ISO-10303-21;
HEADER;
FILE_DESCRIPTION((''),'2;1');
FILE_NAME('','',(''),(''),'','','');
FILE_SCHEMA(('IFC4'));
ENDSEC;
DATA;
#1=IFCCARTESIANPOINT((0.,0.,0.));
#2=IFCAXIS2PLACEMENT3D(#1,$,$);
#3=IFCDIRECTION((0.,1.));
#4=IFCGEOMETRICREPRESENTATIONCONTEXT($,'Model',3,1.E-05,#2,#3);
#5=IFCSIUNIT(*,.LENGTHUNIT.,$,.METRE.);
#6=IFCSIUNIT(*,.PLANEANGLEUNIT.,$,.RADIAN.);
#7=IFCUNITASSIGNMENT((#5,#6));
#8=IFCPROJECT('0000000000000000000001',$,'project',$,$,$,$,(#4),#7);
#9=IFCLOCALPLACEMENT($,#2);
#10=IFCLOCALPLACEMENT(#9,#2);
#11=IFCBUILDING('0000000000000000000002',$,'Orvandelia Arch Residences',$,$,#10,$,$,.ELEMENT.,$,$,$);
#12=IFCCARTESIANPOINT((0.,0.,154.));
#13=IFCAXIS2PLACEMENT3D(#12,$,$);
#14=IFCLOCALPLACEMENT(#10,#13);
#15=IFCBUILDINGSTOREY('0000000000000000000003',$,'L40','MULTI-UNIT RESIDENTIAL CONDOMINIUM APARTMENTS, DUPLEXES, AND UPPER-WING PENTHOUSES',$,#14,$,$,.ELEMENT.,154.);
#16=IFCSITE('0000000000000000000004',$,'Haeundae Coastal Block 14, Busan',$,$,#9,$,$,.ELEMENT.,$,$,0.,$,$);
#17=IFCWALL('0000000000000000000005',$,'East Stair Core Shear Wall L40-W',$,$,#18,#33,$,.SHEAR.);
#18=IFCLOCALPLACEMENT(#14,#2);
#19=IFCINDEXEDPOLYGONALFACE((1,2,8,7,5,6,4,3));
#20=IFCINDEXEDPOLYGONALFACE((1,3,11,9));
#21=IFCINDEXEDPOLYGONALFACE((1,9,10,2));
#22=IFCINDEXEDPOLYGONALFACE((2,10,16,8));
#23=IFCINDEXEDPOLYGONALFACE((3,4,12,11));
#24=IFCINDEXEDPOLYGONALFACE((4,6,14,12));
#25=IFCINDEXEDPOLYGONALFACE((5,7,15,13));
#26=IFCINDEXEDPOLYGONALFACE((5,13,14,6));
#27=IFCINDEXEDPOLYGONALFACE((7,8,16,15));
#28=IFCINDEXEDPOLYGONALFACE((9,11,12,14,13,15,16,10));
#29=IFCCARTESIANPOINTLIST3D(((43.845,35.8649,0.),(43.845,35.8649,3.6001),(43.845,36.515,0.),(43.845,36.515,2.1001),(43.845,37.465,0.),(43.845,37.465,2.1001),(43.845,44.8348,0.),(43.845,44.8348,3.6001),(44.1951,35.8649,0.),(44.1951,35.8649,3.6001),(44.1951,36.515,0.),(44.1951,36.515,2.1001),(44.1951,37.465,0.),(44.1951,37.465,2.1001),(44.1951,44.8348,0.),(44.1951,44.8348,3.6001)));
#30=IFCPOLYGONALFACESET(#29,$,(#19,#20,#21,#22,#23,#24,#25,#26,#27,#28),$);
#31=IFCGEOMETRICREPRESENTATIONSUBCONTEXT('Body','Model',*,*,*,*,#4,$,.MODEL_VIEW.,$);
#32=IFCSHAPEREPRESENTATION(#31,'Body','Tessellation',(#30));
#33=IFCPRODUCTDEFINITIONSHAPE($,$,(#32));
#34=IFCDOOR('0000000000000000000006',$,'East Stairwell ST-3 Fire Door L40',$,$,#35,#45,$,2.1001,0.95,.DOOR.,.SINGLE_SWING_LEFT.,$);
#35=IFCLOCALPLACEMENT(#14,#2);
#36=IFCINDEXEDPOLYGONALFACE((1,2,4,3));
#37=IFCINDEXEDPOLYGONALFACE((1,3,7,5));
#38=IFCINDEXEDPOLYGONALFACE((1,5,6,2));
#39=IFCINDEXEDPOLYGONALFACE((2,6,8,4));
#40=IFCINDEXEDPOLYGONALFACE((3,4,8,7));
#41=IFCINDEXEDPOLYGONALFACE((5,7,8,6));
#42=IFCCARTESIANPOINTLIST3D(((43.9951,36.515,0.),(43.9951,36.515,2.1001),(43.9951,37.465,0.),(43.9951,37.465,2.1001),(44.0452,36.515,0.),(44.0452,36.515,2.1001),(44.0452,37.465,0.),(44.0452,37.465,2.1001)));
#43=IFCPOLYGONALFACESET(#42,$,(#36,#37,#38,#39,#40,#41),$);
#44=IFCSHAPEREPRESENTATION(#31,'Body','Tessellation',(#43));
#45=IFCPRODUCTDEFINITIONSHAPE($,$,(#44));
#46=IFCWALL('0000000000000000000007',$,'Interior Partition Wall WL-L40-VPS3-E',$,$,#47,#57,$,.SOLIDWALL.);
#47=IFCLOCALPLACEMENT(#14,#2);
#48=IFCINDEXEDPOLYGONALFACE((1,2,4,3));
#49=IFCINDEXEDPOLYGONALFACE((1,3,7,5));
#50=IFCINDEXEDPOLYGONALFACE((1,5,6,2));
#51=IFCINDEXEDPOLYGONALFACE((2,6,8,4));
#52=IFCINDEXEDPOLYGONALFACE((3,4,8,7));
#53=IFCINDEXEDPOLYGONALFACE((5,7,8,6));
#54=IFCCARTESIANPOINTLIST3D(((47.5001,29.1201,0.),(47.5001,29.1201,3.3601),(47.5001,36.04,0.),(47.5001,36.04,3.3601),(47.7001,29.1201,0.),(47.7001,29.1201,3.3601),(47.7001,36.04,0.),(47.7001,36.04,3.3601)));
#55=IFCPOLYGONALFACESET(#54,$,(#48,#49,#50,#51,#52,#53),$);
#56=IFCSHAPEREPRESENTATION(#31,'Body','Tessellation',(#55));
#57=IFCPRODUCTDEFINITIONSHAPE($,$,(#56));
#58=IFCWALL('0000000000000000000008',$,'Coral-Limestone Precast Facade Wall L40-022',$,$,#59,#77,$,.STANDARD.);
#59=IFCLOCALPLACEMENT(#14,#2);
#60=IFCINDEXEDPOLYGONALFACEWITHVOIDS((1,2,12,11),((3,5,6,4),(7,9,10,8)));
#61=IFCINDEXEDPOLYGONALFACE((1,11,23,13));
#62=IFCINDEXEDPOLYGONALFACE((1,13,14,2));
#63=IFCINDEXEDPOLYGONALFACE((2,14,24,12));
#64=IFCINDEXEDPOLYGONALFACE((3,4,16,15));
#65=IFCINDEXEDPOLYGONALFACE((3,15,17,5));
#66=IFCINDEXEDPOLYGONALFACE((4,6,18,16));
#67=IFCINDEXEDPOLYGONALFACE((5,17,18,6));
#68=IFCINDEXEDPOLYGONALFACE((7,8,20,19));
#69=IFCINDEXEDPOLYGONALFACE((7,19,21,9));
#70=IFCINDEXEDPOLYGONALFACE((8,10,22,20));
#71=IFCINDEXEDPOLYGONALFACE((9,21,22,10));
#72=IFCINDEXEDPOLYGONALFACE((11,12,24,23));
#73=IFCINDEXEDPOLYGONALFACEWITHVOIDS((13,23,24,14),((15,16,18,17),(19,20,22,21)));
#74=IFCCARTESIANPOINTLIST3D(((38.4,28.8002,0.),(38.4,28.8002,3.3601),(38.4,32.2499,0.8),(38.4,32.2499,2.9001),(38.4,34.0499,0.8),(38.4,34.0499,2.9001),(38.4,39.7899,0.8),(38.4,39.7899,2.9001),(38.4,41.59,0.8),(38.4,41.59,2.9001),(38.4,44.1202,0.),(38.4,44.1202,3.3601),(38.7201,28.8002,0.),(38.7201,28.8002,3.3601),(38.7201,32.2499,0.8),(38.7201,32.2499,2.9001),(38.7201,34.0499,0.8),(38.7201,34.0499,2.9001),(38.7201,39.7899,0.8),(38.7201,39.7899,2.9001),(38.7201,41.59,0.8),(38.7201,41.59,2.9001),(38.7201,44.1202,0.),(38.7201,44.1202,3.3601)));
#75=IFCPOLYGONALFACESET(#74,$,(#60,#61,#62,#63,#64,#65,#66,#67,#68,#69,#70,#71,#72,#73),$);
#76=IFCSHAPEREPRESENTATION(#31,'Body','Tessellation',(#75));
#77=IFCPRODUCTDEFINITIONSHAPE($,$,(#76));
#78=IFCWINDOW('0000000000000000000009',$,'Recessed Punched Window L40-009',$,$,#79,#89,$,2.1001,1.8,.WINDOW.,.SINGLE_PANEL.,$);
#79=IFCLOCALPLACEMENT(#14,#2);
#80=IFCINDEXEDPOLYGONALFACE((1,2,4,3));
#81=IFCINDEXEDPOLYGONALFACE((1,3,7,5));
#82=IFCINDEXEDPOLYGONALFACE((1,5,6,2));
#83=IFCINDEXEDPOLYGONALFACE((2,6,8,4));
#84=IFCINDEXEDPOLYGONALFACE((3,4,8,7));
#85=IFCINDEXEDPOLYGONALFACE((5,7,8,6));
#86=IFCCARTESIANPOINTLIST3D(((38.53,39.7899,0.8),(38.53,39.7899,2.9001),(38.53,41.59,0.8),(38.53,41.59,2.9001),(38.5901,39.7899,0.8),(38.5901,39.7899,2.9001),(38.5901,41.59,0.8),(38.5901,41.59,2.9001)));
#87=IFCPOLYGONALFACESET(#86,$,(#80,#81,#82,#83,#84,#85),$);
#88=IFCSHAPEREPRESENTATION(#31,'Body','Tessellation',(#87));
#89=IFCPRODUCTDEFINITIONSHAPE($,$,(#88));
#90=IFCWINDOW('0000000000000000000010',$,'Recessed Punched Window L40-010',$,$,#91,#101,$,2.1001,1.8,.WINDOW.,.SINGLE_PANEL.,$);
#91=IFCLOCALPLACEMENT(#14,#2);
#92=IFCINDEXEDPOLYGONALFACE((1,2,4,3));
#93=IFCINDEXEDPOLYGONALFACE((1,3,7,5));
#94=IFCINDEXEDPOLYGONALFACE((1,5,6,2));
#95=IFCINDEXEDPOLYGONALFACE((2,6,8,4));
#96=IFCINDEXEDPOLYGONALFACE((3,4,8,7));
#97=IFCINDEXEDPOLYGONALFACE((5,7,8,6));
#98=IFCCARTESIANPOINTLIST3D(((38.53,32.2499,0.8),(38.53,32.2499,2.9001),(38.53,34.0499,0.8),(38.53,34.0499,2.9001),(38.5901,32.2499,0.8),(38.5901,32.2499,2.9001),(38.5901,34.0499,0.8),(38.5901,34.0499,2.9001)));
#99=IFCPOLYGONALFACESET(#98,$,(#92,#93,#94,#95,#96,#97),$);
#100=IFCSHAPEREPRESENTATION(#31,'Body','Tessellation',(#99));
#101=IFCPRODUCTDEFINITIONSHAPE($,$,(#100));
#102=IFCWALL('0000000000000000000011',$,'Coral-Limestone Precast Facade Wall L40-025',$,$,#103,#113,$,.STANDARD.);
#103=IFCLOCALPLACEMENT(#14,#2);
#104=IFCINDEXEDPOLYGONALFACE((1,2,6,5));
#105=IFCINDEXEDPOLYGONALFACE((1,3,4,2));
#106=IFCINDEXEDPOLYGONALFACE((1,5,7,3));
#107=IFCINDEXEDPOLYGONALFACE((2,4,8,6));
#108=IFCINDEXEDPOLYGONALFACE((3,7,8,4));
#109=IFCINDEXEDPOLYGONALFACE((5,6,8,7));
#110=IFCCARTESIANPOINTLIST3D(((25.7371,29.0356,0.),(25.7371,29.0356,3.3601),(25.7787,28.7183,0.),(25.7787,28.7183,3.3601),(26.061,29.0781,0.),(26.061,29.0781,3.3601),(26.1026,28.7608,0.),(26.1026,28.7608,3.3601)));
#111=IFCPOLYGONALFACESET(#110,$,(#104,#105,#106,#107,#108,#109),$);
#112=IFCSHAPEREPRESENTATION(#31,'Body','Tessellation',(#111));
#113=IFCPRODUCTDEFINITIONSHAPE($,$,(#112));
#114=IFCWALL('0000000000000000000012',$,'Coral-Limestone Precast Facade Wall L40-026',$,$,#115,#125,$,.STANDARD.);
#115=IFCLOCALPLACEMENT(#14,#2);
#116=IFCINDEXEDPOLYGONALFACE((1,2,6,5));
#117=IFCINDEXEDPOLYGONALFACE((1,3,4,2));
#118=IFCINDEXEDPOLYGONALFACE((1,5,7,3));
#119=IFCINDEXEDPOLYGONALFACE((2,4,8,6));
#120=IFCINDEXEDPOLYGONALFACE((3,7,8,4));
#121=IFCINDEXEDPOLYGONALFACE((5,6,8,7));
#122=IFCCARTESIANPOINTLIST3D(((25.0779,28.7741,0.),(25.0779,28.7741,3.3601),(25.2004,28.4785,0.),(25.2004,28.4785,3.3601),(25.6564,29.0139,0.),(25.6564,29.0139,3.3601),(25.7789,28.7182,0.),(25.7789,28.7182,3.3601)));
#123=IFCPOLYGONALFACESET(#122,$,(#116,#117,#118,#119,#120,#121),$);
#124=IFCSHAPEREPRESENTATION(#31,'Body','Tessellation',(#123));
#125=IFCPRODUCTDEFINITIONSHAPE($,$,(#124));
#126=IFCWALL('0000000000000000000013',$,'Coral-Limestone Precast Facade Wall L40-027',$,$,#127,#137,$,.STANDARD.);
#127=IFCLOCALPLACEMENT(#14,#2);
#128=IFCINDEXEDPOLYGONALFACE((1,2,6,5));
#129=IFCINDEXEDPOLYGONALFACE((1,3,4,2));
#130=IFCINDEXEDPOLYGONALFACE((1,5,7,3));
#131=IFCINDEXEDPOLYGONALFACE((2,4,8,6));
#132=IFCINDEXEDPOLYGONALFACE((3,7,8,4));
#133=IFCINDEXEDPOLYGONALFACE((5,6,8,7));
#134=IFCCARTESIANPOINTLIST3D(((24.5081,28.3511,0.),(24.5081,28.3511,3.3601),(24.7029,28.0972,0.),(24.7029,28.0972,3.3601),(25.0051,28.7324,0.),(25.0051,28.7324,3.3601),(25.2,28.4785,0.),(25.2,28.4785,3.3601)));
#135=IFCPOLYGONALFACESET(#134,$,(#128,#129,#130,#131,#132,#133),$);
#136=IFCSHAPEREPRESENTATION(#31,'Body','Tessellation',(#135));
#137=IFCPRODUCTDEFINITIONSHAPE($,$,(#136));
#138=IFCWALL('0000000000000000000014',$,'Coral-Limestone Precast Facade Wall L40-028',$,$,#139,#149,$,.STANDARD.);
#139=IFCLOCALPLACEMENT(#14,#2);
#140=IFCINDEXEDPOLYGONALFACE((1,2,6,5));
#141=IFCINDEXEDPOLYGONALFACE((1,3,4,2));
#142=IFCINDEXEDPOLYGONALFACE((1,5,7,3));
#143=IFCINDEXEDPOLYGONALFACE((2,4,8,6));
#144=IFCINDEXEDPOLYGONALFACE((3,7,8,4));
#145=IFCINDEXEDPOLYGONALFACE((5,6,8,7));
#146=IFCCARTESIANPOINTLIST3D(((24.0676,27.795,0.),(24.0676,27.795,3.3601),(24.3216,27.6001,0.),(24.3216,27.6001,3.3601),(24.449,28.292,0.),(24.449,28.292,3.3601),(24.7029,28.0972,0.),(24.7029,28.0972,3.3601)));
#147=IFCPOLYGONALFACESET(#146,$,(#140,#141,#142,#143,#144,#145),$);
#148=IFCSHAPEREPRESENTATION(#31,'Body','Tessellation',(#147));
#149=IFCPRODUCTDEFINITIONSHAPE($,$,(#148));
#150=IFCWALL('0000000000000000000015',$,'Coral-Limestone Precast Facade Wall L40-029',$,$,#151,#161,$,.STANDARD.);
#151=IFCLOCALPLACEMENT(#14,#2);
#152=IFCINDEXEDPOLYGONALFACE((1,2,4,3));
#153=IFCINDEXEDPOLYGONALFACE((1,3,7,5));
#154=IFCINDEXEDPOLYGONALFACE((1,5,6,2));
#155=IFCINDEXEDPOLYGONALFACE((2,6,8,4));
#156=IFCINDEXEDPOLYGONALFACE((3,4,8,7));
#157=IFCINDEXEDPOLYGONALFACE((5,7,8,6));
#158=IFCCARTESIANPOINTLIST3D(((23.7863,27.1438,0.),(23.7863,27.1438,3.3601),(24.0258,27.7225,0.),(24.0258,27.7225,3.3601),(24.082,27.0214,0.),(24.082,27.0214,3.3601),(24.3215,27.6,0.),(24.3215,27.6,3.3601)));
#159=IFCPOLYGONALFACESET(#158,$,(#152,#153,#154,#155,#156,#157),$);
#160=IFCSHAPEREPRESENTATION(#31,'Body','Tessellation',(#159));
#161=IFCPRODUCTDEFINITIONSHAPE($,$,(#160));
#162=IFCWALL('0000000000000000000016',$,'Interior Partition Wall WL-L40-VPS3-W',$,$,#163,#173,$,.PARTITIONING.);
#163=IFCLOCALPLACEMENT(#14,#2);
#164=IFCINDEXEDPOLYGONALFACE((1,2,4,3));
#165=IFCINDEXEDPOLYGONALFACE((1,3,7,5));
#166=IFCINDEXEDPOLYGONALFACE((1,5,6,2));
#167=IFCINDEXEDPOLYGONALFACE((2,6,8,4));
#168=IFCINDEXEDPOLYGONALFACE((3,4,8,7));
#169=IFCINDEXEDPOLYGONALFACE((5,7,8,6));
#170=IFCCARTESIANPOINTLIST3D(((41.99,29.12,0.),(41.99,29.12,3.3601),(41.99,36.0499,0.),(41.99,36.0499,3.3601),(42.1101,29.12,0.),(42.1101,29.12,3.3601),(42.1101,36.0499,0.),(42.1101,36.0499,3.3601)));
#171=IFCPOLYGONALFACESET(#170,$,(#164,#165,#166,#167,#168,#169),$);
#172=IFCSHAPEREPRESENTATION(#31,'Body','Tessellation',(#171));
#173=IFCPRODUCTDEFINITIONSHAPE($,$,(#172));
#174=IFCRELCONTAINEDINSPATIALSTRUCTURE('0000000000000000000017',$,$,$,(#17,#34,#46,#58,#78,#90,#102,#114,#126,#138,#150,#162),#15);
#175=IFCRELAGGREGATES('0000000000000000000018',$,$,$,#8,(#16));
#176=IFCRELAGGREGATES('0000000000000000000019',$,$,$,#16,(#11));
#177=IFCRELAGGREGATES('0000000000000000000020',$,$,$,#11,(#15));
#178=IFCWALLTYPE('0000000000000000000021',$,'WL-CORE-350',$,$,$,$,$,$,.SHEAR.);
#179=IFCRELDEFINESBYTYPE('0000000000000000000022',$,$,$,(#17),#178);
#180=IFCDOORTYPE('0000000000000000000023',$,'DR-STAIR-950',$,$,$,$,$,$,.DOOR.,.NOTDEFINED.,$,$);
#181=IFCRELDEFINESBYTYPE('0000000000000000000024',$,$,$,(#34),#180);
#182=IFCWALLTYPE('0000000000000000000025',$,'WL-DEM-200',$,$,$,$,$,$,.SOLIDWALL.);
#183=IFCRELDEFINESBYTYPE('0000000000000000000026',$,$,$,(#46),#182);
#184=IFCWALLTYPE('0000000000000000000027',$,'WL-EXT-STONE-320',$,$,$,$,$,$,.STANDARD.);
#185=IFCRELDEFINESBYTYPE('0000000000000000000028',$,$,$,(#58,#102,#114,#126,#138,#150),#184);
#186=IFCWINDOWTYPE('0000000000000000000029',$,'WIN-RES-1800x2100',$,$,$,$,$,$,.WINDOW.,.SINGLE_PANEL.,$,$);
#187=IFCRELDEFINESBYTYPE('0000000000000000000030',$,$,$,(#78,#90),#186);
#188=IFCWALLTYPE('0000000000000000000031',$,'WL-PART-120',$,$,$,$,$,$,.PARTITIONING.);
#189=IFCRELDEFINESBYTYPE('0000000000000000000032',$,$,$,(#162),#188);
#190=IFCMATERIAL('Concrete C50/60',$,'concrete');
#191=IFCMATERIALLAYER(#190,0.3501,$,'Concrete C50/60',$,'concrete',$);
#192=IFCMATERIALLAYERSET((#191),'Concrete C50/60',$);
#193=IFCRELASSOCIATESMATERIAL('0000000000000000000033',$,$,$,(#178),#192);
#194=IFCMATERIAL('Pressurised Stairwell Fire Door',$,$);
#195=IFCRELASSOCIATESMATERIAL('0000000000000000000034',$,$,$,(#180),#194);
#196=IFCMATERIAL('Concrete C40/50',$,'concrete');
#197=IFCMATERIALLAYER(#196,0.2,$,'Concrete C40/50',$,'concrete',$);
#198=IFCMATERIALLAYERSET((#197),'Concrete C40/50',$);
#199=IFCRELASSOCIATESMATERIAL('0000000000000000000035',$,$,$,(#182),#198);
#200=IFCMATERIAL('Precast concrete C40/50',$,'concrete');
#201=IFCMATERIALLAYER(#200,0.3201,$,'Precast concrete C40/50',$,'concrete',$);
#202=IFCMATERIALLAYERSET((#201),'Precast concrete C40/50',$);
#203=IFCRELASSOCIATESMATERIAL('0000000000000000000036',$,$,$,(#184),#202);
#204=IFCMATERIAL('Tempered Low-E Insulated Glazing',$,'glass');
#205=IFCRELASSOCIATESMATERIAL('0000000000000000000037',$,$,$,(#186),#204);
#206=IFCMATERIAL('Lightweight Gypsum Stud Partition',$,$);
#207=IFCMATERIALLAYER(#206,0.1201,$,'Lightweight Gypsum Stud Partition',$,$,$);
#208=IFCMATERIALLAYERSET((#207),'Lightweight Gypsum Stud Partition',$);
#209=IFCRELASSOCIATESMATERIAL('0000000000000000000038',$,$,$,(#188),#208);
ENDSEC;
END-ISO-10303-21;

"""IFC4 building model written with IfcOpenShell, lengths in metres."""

from ifc_helpers import new_model, si_unit, direction, frame, frame_2d, origin, place, context, subcontext, project, spatial, rectangle, extrude, material, layer, layer_set, type_object, element, fill, save


model = new_model("IFC4")

# Units and contexts
model_context = context("Model", 3, precision=1e-05, world=origin(), true_north=direction((0.0, 1.0)))
body_context = subcontext(model_context, "Body", "Model", "MODEL_VIEW")
ifc_project = project(units=[si_unit("LENGTHUNIT", "METRE"), si_unit("PLANEANGLEUNIT", "RADIAN")], contexts=[model_context])

# Site, building, storey
site_placement = place(None, origin())
site = spatial("IfcSite", under=ifc_project, at=site_placement, Name="Haeundae Coastal Block 14, Busan", CompositionType="ELEMENT", RefElevation=0.0)
building_placement = place(site_placement, origin())
building = spatial("IfcBuilding", under=site, at=building_placement, Name="Orvandelia Arch Residences", CompositionType="ELEMENT")
storey_placement = place(building_placement, frame((0.0, 0.0, 154.0)))
storey = spatial("IfcBuildingStorey", under=building, at=storey_placement, Name="L40", Description="MULTI-UNIT RESIDENTIAL CONDOMINIUM APARTMENTS, DUPLEXES, AND UPPER-WING PENTHOUSES", CompositionType="ELEMENT", Elevation=154.0)

# Wall, opening, door
ifc_material_1 = material(Name="Concrete C50/60", Category="concrete")
ifc_layer_1 = layer(ifc_material_1, 0.3501, Name="Concrete C50/60", Category="concrete")
ifc_layer_set_1 = layer_set([ifc_layer_1], Name="Concrete C50/60")
wall_type_1 = type_object("IfcWallType", Name="WL-CORE-350", PredefinedType="SHEAR", material=ifc_layer_set_1)
wall_1_placement = place(storey_placement, frame((44.02, 35.865, 0.0), z_axis=(0.0, 0.0, 1.0), x_axis=(0.0, 1.0, 0.0)))
wall_1 = element("IfcWall", 1, at=wall_1_placement, inside=storey, type_object=wall_type_1, Name="East Stair Core Shear Wall L40-W", PredefinedType="SHEAR", context=body_context, shape_type="SweptSolid", body=[
    extrude(rectangle(XDim=8.97, YDim=0.3501, at=frame_2d((4.4849, 0.0))), origin(), (0.0, 0.0, 1.0), 3.6001),
])
opening_1_placement = place(wall_1_placement, frame((0.6499, 0.0, 0.0)))
opening_1 = element("IfcOpeningElement", 2, at=opening_1_placement, cuts=wall_1, PredefinedType="OPENING", context=body_context, shape_type="SweptSolid", body=[
    extrude(rectangle(XDim=0.95, YDim=2.1001, at=frame_2d((0.4751, 1.05))), frame((0.0, 0.1851, 0.0), z_axis=(0.0, -1.0, 0.0), x_axis=(1.0, 0.0, 0.0)), (0.0, 0.0, 1.0), 0.3701),
])
ifc_material_2 = material(Name="Pressurised Stairwell Fire Door")
door_type = type_object("IfcDoorType", Name="DR-STAIR-950", OperationType="NOTDEFINED", PredefinedType="DOOR", material=ifc_material_2)
door_placement = place(opening_1_placement, origin())
door = element("IfcDoor", 3, at=door_placement, inside=storey, type_object=door_type, Name="East Stairwell ST-3 Fire Door L40", OperationType="SINGLE_SWING_LEFT", OverallHeight=2.1001, OverallWidth=0.95, PredefinedType="DOOR", context=body_context, shape_type="SweptSolid", body=[
    extrude(rectangle(XDim=0.95, YDim=2.1001, at=frame_2d((0.4751, 1.05))), frame((0.0, 0.0249, 0.0), z_axis=(0.0, -1.0, 0.0), x_axis=(1.0, 0.0, 0.0)), (0.0, 0.0, 1.0), 0.05),
])
fill(opening_1, door)

# Wall
ifc_material_3 = material(Name="Concrete C40/50", Category="concrete")
ifc_layer_2 = layer(ifc_material_3, 0.2, Name="Concrete C40/50", Category="concrete")
ifc_layer_set_2 = layer_set([ifc_layer_2], Name="Concrete C40/50")
wall_type_2 = type_object("IfcWallType", Name="WL-DEM-200", PredefinedType="SOLIDWALL", material=ifc_layer_set_2)
wall_2_placement = place(storey_placement, frame((47.6001, 29.1201, 0.0), z_axis=(0.0, 0.0, 1.0), x_axis=(0.0, 1.0, 0.0)))
element("IfcWall", 4, at=wall_2_placement, inside=storey, type_object=wall_type_2, Name="Interior Partition Wall WL-L40-VPS3-E", PredefinedType="SOLIDWALL", context=body_context, shape_type="SweptSolid", body=[
    extrude(rectangle(XDim=6.9199, YDim=0.2, at=frame_2d((3.46, 0.0))), origin(), (0.0, 0.0, 1.0), 3.3601),
])

# Wall, openings, windows
ifc_material_4 = material(Name="Precast concrete C40/50", Category="concrete")
ifc_layer_3 = layer(ifc_material_4, 0.3201, Name="Precast concrete C40/50", Category="concrete")
ifc_layer_set_3 = layer_set([ifc_layer_3], Name="Precast concrete C40/50")
wall_type_3 = type_object("IfcWallType", Name="WL-EXT-STONE-320", PredefinedType="STANDARD", material=ifc_layer_set_3)
wall_3_placement = place(storey_placement, frame((38.5601, 28.8, 0.0), z_axis=(0.0, 0.0, 1.0), x_axis=(0.0, 1.0, 0.0)))
wall_3 = element("IfcWall", 5, at=wall_3_placement, inside=storey, type_object=wall_type_3, Name="Coral-Limestone Precast Facade Wall L40-022", PredefinedType="STANDARD", context=body_context, shape_type="SweptSolid", body=[
    extrude(rectangle(XDim=15.3201, YDim=0.3201, at=frame_2d((7.6602, 0.0))), origin(), (0.0, 0.0, 1.0), 3.3601),
])
opening_2_placement = place(wall_3_placement, frame((10.99, 0.0, 0.8)))
opening_2 = element("IfcOpeningElement", 6, at=opening_2_placement, cuts=wall_3, PredefinedType="OPENING", context=body_context, shape_type="SweptSolid", body=[
    extrude(rectangle(XDim=1.8, YDim=2.1001, at=frame_2d((0.8999, 1.05))), frame((0.0, 0.1699, 0.0), z_axis=(0.0, -1.0, 0.0), x_axis=(1.0, 0.0, 0.0)), (0.0, 0.0, 1.0), 0.3401),
])
opening_3_placement = place(wall_3_placement, frame((3.45, 0.0, 0.8)))
opening_3 = element("IfcOpeningElement", 7, at=opening_3_placement, cuts=wall_3, PredefinedType="OPENING", context=body_context, shape_type="SweptSolid", body=[
    extrude(rectangle(XDim=1.8, YDim=2.1001, at=frame_2d((0.8999, 1.05))), frame((0.0, 0.1699, 0.0), z_axis=(0.0, -1.0, 0.0), x_axis=(1.0, 0.0, 0.0)), (0.0, 0.0, 1.0), 0.3401),
])
ifc_material_5 = material(Name="Tempered Low-E Insulated Glazing", Category="glass")
window_type = type_object("IfcWindowType", Name="WIN-RES-1800x2100", PartitioningType="SINGLE_PANEL", PredefinedType="WINDOW", material=ifc_material_5)
window_1_placement = place(opening_2_placement, origin())
window_1 = element("IfcWindow", 8, at=window_1_placement, inside=storey, type_object=window_type, Name="Recessed Punched Window L40-009", OverallHeight=2.1001, OverallWidth=1.8, PartitioningType="SINGLE_PANEL", PredefinedType="WINDOW", context=body_context, shape_type="SweptSolid", body=[
    extrude(rectangle(XDim=1.8, YDim=2.1001, at=frame_2d((0.8999, 1.05))), frame((0.0, 0.03, 0.0), z_axis=(0.0, -1.0, 0.0), x_axis=(1.0, 0.0, 0.0)), (0.0, 0.0, 1.0), 0.0601),
])
fill(opening_2, window_1)
window_2_placement = place(opening_3_placement, origin())
window_2 = element("IfcWindow", 9, at=window_2_placement, inside=storey, type_object=window_type, Name="Recessed Punched Window L40-010", OverallHeight=2.1001, OverallWidth=1.8, PartitioningType="SINGLE_PANEL", PredefinedType="WINDOW", context=body_context, shape_type="SweptSolid", body=[
    extrude(rectangle(XDim=1.8, YDim=2.1001, at=frame_2d((0.8999, 1.05))), frame((0.0, 0.03, 0.0), z_axis=(0.0, -1.0, 0.0), x_axis=(1.0, 0.0, 0.0)), (0.0, 0.0, 1.0), 0.0601),
])
fill(opening_3, window_2)

# Walls
wall_4_placement = place(storey_placement, frame((26.0818, 28.9194, 0.0), z_axis=(0.0, 0.0, 1.0), x_axis=(-0.991513, -0.13001, 0.0)))
element("IfcWall", 10, at=wall_4_placement, inside=storey, type_object=wall_type_3, Name="Coral-Limestone Precast Facade Wall L40-025", PredefinedType="STANDARD", context=body_context, shape_type="SweptSolid", body=[
    extrude(rectangle(XDim=0.3267, YDim=0.3201, at=frame_2d((0.1633, 0.0))), origin(), (0.0, 0.0, 1.0), 3.3601),
])
wall_5_placement = place(storey_placement, frame((25.7175, 28.866, 0.0), z_axis=(0.0, 0.0, 1.0), x_axis=(-0.923836, -0.382788, 0.0)))
element("IfcWall", 11, at=wall_5_placement, inside=storey, type_object=wall_type_3, Name="Coral-Limestone Precast Facade Wall L40-026", PredefinedType="STANDARD", context=body_context, shape_type="SweptSolid", body=[
    extrude(rectangle(XDim=0.6262, YDim=0.3201, at=frame_2d((0.313, 0.0))), origin(), (0.0, 0.0, 1.0), 3.3601),
])
for number, where, z_axis, x_axis, name in (
    (12, (25.1025, 28.6055, 0.0), (0.0, 0.0, 1.0), (-0.793406, -0.608693, 0.0), "Coral-Limestone Precast Facade Wall L40-027"),
    (13, (24.5759, 28.1946, 0.0), (0.0, 0.0, 1.0), (-0.608693, -0.793406, 0.0), "Coral-Limestone Precast Facade Wall L40-028"),
):
    element("IfcWall", number, at=place(storey_placement, frame(where, z_axis=z_axis, x_axis=x_axis)), inside=storey, type_object=wall_type_3, Name=name, PredefinedType="STANDARD", context=body_context, shape_type="SweptSolid", body=[
        extrude(rectangle(XDim=0.6265, YDim=0.3201, at=frame_2d((0.3132, 0.0))), origin(), (0.0, 0.0, 1.0), 3.3601),
    ])
wall_6_placement = place(storey_placement, frame((24.1736, 27.6611, 0.0), z_axis=(0.0, 0.0, 1.0), x_axis=(-0.382455, -0.923974, 0.0)))
element("IfcWall", 14, at=wall_6_placement, inside=storey, type_object=wall_type_3, Name="Coral-Limestone Precast Facade Wall L40-029", PredefinedType="STANDARD", context=body_context, shape_type="SweptSolid", body=[
    extrude(rectangle(XDim=0.6262, YDim=0.3201, at=frame_2d((0.313, 0.0))), origin(), (0.0, 0.0, 1.0), 3.3601),
])
ifc_material_6 = material(Name="Lightweight Gypsum Stud Partition")
ifc_layer_4 = layer(ifc_material_6, 0.1201, Name="Lightweight Gypsum Stud Partition")
ifc_layer_set_4 = layer_set([ifc_layer_4], Name="Lightweight Gypsum Stud Partition")
wall_type_4 = type_object("IfcWallType", Name="WL-PART-120", PredefinedType="PARTITIONING", material=ifc_layer_set_4)
wall_7_placement = place(storey_placement, frame((42.05, 29.1201, 0.0), z_axis=(0.0, 0.0, 1.0), x_axis=(0.0, 1.0, 0.0)))
element("IfcWall", 15, at=wall_7_placement, inside=storey, type_object=wall_type_4, Name="Interior Partition Wall WL-L40-VPS3-W", PredefinedType="PARTITIONING", context=body_context, shape_type="SweptSolid", body=[
    extrude(rectangle(XDim=6.9299, YDim=0.1201, at=frame_2d((3.4648, 0.0))), origin(), (0.0, 0.0, 1.0), 3.3601),
])

save(model, "model.ifc")
